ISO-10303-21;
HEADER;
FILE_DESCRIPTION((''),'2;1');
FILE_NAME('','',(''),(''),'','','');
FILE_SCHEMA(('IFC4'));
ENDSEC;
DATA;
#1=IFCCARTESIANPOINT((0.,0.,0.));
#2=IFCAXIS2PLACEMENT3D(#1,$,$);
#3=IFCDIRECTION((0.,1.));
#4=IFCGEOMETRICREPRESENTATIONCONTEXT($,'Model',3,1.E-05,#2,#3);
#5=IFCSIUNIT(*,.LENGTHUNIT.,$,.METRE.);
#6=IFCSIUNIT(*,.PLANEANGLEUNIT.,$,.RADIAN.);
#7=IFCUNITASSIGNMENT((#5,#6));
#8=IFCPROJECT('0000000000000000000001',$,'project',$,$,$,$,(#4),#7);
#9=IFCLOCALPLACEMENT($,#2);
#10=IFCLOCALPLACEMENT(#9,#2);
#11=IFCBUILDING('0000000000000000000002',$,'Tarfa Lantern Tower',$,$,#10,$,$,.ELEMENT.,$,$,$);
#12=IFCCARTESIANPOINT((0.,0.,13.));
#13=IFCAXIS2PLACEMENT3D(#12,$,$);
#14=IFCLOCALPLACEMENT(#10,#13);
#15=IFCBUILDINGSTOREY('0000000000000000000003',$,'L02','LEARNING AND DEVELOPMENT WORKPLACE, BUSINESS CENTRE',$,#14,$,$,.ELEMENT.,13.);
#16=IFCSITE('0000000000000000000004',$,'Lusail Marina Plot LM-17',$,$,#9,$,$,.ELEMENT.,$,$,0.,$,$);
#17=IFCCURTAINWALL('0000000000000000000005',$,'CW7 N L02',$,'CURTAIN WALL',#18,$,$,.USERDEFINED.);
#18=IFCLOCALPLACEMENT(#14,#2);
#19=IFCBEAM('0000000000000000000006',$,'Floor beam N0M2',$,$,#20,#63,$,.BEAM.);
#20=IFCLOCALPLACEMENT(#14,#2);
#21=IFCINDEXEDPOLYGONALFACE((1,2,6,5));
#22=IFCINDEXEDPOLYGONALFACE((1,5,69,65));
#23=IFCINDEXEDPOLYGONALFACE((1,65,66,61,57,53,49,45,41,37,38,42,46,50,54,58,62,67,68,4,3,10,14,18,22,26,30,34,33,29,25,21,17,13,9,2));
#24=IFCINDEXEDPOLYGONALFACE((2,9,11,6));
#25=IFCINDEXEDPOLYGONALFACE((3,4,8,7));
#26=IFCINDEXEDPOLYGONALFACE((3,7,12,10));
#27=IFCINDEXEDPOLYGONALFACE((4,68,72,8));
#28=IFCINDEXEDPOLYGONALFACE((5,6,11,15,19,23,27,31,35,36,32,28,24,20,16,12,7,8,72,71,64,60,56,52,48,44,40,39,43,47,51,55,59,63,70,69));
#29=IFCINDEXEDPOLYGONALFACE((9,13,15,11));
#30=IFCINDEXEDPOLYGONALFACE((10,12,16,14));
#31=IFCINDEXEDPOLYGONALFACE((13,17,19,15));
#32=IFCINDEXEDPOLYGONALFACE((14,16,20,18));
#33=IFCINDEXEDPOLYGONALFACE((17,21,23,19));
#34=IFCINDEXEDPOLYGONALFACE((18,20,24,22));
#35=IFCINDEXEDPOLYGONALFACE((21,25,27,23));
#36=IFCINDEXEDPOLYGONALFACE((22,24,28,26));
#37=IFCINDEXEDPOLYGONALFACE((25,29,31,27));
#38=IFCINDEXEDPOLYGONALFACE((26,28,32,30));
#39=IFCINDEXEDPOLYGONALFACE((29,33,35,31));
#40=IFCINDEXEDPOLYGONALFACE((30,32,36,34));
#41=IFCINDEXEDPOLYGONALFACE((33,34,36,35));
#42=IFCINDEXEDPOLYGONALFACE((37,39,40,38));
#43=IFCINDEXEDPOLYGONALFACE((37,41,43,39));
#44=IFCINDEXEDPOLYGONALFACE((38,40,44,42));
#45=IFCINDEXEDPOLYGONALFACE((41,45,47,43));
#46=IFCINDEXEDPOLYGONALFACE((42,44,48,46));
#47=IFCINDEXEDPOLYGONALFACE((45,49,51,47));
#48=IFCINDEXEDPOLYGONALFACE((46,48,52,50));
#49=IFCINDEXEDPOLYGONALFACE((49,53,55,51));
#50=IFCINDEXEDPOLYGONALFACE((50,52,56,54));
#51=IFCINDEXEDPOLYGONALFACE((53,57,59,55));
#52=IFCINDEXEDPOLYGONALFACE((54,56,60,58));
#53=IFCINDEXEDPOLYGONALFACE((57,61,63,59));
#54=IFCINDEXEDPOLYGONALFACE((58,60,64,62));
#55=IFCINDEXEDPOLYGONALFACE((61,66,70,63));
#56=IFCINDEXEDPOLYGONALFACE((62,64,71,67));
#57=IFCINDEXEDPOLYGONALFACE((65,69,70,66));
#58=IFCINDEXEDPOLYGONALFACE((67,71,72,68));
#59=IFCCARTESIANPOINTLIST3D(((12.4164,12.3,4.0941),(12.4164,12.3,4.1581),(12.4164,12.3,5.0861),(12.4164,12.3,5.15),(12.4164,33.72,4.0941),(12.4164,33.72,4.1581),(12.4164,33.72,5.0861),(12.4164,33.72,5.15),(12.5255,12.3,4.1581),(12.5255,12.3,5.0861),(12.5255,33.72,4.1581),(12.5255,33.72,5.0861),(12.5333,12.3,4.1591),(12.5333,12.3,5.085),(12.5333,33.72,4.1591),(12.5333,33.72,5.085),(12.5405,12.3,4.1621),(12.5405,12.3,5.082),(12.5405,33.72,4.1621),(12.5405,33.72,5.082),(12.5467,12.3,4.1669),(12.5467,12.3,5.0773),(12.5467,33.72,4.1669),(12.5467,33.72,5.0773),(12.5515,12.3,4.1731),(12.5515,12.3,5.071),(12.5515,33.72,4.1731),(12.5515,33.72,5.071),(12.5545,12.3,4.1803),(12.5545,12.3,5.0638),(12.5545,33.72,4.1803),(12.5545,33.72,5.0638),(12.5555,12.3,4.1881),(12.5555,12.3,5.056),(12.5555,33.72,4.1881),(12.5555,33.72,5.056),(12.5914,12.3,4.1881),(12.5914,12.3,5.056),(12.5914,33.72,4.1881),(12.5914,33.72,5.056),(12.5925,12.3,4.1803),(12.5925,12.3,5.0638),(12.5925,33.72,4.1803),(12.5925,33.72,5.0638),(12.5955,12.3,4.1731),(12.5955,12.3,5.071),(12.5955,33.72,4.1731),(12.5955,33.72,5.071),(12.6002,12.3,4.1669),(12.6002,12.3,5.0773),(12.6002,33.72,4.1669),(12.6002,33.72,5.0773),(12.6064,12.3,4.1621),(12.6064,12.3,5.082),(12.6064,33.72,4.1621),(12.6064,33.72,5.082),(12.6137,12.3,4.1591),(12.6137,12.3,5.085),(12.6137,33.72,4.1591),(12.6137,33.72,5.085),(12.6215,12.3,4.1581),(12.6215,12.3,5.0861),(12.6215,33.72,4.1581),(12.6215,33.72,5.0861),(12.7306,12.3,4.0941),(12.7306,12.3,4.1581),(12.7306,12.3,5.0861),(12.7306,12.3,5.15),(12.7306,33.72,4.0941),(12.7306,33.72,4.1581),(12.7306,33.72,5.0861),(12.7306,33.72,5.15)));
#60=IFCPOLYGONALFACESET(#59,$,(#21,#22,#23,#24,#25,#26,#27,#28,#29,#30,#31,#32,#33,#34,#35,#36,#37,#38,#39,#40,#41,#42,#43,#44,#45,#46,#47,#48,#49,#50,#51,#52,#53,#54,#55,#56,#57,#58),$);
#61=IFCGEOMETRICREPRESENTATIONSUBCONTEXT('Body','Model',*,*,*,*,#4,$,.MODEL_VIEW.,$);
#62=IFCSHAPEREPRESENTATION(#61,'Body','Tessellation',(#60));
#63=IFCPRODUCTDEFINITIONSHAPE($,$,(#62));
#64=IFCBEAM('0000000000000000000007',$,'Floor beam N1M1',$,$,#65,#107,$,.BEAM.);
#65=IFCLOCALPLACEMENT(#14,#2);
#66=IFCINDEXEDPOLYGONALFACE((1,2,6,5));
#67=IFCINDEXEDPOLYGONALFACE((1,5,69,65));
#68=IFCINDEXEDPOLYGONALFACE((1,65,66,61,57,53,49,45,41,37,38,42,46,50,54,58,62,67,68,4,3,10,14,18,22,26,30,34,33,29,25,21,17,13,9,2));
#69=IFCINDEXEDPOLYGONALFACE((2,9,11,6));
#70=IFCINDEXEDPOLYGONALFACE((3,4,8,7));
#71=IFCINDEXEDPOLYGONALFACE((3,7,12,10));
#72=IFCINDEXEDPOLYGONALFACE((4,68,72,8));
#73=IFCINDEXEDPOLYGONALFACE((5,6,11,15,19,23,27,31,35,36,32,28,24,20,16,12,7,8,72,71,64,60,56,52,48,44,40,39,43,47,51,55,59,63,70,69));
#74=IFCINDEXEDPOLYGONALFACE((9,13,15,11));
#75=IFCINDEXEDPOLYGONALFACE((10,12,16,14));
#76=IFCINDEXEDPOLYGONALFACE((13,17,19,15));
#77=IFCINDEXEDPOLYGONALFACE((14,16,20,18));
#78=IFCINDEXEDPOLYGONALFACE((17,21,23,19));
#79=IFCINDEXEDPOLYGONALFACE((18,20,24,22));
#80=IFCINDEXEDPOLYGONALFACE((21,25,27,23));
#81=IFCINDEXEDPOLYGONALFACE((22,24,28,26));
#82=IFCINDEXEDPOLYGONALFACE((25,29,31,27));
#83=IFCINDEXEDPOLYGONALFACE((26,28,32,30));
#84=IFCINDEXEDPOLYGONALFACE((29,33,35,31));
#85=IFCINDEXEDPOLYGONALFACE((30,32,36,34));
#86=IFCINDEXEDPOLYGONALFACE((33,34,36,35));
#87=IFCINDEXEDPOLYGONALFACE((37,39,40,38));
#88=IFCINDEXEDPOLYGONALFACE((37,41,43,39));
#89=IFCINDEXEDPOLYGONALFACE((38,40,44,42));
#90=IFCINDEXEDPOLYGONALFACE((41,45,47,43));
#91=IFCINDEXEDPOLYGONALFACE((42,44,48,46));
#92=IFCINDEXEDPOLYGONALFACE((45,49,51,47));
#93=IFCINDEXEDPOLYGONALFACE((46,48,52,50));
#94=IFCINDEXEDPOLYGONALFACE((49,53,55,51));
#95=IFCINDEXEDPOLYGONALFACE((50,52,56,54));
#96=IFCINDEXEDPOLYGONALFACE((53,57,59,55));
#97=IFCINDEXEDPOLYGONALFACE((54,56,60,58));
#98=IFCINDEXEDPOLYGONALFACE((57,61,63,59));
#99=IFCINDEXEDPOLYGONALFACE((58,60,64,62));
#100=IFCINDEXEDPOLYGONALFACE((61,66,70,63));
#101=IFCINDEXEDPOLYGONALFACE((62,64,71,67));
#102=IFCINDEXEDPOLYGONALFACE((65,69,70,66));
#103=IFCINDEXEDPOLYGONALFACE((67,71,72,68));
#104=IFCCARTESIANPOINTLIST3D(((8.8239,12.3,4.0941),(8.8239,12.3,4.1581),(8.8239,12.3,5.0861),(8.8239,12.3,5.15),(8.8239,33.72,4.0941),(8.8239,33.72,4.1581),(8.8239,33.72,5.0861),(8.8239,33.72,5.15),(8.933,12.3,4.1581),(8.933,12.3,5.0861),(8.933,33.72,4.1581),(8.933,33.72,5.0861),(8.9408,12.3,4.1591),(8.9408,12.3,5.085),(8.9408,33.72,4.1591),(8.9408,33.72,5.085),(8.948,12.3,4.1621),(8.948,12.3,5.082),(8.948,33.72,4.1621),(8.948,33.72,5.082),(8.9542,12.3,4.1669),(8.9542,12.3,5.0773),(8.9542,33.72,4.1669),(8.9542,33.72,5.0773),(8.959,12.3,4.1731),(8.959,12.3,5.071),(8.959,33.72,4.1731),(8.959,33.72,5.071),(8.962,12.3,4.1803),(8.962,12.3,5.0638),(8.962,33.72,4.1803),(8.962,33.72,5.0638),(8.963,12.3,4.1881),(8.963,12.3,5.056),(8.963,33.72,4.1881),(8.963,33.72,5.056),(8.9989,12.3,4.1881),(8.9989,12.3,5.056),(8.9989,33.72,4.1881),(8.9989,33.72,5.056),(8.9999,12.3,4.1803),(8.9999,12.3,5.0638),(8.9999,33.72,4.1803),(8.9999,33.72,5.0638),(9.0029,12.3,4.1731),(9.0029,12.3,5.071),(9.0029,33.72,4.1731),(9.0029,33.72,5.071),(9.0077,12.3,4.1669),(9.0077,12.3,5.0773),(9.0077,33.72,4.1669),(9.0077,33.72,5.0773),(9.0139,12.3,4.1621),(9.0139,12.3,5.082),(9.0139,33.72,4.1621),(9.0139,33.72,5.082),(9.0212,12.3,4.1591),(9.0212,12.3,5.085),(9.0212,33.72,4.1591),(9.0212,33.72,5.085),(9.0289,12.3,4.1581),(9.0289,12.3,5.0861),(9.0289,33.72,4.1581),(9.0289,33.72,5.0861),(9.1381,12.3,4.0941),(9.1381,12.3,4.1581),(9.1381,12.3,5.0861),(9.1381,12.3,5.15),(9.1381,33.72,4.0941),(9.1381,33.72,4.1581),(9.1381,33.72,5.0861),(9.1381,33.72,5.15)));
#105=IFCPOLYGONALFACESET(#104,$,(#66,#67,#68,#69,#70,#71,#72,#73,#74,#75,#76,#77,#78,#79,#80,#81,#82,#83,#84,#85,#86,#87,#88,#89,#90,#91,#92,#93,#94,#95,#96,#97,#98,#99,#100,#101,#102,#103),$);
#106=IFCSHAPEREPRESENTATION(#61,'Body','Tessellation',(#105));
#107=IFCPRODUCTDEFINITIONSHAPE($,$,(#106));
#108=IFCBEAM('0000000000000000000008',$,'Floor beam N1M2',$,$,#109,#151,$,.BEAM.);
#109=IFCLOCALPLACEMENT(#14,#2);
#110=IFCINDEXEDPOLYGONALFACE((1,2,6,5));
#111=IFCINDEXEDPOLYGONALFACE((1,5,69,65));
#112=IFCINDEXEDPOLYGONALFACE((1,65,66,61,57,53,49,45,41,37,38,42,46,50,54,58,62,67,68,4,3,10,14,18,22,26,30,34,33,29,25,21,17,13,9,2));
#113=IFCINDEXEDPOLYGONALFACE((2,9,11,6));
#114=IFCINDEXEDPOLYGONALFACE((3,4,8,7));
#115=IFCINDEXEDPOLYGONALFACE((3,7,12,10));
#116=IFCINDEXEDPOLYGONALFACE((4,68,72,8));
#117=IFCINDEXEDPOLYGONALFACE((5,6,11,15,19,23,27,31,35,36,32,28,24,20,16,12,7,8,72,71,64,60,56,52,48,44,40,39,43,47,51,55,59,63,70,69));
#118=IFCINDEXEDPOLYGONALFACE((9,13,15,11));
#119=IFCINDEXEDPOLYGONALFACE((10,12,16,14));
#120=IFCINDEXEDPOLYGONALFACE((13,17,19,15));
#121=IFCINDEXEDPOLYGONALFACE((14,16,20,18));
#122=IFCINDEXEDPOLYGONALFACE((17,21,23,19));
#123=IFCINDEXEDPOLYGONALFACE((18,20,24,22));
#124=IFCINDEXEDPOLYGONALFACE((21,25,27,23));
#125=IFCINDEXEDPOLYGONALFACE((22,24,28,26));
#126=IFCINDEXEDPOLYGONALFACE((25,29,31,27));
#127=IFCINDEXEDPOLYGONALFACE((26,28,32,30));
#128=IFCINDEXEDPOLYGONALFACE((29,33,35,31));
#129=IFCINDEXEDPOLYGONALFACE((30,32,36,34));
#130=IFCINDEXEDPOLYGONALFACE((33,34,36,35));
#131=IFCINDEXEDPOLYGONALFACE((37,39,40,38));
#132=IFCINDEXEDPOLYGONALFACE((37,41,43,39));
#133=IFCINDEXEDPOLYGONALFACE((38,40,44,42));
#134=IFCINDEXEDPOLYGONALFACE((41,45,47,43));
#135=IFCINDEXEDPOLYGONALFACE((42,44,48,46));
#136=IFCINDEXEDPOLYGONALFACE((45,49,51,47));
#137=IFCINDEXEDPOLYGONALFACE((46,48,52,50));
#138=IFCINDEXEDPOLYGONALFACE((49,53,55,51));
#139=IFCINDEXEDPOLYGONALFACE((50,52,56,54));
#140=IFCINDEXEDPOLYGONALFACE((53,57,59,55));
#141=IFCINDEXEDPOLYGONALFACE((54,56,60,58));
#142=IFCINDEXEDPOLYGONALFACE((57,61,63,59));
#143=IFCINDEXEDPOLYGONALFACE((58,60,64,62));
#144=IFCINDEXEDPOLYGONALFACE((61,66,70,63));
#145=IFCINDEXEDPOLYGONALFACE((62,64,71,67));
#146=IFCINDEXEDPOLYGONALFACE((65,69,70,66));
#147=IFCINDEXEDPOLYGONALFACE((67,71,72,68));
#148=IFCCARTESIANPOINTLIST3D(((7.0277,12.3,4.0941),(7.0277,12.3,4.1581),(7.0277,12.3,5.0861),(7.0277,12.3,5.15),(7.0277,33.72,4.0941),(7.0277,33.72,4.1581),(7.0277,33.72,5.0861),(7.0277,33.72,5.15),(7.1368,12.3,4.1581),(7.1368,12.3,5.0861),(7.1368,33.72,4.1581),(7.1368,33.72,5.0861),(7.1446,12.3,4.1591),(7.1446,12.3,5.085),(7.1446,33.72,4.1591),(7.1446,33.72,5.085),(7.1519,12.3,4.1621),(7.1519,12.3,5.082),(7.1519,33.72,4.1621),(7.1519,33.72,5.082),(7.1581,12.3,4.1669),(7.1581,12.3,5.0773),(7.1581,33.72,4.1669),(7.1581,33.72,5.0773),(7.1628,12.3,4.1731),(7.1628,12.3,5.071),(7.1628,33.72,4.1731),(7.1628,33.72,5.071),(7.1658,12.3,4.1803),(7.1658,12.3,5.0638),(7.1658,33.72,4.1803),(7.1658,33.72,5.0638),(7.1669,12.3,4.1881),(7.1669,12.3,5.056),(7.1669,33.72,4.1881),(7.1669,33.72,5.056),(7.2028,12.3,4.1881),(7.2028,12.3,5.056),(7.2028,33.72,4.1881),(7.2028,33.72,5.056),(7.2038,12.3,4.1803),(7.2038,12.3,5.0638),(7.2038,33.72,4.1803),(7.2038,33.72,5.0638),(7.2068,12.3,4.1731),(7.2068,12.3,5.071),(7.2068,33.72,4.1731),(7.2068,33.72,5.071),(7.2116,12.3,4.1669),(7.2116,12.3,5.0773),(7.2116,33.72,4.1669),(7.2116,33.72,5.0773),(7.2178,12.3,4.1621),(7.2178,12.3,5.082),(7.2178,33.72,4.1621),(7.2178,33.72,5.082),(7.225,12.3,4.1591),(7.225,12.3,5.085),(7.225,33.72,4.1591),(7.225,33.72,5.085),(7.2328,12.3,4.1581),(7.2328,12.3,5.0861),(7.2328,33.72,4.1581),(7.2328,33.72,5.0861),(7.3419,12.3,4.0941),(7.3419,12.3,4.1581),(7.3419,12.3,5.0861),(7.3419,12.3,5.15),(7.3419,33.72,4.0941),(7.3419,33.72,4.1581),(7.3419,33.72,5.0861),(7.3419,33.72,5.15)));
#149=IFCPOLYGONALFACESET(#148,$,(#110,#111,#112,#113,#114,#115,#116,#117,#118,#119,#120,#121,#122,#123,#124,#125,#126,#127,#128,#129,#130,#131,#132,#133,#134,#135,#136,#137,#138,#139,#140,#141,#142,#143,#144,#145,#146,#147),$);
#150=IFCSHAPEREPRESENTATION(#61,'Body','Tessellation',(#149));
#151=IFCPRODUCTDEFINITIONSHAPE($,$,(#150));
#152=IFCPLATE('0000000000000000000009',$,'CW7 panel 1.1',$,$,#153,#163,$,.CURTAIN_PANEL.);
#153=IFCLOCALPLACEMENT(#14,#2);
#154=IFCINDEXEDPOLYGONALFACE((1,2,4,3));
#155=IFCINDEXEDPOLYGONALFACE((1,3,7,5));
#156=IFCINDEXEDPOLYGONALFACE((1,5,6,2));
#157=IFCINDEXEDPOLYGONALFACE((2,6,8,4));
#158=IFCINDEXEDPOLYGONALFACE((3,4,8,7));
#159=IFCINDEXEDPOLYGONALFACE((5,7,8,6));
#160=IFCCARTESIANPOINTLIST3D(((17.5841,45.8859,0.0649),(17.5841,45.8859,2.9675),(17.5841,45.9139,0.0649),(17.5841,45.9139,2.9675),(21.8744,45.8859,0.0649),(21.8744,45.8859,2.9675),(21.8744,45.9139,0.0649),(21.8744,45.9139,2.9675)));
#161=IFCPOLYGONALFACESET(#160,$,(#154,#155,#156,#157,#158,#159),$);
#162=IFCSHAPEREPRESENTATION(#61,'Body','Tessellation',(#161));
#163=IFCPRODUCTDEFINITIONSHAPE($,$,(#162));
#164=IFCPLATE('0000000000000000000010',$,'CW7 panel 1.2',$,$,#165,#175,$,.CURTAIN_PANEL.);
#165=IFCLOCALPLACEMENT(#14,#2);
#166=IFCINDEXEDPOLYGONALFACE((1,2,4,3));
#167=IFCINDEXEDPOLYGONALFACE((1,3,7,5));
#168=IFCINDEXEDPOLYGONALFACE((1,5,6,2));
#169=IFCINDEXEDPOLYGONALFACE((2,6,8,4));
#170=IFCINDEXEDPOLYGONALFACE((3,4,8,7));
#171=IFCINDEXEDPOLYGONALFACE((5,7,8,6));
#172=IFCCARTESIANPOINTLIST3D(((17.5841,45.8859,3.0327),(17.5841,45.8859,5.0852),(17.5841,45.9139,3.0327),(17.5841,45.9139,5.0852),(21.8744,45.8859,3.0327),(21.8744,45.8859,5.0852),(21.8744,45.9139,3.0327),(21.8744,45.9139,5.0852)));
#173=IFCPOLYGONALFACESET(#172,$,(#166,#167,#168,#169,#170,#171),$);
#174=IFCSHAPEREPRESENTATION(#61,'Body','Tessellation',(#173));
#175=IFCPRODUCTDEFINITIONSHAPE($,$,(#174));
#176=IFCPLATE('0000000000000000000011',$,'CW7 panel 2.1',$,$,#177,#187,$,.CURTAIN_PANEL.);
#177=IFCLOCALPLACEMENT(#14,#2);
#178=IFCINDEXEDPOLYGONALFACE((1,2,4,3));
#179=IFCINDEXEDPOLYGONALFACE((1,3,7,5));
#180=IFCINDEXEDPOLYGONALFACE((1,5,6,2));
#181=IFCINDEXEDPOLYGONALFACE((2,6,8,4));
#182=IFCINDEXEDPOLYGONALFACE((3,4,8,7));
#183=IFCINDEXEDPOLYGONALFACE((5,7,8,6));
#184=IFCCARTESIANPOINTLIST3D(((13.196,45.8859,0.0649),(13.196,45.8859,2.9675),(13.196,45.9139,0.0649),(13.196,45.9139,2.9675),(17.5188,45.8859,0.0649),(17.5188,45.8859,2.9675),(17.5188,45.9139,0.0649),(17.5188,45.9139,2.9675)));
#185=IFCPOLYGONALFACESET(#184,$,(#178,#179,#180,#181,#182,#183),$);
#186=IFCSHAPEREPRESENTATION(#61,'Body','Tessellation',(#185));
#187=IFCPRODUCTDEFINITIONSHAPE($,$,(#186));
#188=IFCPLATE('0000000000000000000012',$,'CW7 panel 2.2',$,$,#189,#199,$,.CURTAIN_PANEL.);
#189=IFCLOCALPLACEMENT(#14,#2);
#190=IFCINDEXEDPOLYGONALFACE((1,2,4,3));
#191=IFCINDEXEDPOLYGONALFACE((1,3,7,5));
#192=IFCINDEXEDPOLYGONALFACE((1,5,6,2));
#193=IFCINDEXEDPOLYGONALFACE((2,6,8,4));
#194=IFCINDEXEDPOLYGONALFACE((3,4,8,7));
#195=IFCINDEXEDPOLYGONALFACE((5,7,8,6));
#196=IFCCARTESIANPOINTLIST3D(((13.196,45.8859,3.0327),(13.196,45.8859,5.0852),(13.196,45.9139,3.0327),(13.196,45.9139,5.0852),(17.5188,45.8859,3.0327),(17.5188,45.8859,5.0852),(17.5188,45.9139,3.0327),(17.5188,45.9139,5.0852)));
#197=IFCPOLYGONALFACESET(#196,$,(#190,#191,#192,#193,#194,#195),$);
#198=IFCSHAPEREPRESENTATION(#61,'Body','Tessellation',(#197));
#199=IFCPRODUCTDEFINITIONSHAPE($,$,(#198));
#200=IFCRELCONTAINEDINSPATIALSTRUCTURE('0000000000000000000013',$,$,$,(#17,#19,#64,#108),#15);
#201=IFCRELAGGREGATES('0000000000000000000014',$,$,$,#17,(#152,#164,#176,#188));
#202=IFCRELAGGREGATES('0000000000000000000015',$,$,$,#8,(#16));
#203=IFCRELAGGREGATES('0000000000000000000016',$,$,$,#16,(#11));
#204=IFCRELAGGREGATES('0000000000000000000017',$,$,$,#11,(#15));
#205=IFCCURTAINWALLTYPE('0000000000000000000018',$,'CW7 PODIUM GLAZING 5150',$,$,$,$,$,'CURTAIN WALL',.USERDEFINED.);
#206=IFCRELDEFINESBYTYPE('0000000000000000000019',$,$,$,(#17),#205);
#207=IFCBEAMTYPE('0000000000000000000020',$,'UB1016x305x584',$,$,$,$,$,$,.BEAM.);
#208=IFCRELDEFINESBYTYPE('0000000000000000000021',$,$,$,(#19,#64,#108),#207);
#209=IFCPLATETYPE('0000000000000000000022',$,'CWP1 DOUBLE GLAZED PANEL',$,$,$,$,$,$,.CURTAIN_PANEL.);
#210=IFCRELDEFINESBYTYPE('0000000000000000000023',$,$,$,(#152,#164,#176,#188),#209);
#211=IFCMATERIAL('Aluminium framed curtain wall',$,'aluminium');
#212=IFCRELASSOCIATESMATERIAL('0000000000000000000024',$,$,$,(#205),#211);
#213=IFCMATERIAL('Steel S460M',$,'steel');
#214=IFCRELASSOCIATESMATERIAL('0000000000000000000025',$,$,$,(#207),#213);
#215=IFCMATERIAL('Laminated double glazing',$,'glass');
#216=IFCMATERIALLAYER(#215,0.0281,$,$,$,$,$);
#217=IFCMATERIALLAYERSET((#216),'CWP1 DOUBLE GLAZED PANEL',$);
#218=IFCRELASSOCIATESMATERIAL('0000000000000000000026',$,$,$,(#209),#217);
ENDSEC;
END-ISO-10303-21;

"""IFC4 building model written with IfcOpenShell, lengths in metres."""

from ifc_helpers import new_model, si_unit, direction, frame, origin, origin_2d, place, context, subcontext, project, spatial, rectangle, i_section, extrude, material, layer, layer_set, material_profile, profile_set, type_object, element, aggregate, save


model = new_model("IFC4")

# Units and contexts
model_context = context("Model", 3, precision=1e-05, world=origin(), true_north=direction((0.0, 1.0)))
body_context = subcontext(model_context, "Body", "Model", "MODEL_VIEW")
ifc_project = project(units=[si_unit("LENGTHUNIT", "METRE"), si_unit("PLANEANGLEUNIT", "RADIAN")], contexts=[model_context])

# Site, building, storey
site_placement = place(None, origin())
site = spatial("IfcSite", under=ifc_project, at=site_placement, Name="Lusail Marina Plot LM-17", CompositionType="ELEMENT", RefElevation=0.0)
building_placement = place(site_placement, origin())
building = spatial("IfcBuilding", under=site, at=building_placement, Name="Tarfa Lantern Tower", CompositionType="ELEMENT")
storey_placement = place(building_placement, frame((0.0, 0.0, 13.0)))
storey = spatial("IfcBuildingStorey", under=building, at=storey_placement, Name="L02", Description="LEARNING AND DEVELOPMENT WORKPLACE, BUSINESS CENTRE", CompositionType="ELEMENT", Elevation=13.0)

# Curtain wall
ifc_material_1 = material(Name="Aluminium framed curtain wall", Category="aluminium")
curtain_wall_type = type_object("IfcCurtainWallType", Name="CW7 PODIUM GLAZING 5150", ElementType="CURTAIN WALL", PredefinedType="USERDEFINED", material=ifc_material_1)
curtain_wall_placement = place(storey_placement, origin())
curtain_wall = element("IfcCurtainWall", 1, at=curtain_wall_placement, inside=storey, type_object=curtain_wall_type, Name="CW7 N L02", ObjectType="CURTAIN WALL", PredefinedType="USERDEFINED")

# Beams
ifc_material_2 = material(Name="Steel S460M", Category="steel")
ifc_material_profile_1 = material_profile(ifc_material_2, i_section(OverallWidth=0.3142, OverallDepth=1.0559, WebThickness=0.0359, FlangeThickness=0.064, FilletRadius=0.03, at=origin_2d()), Name="UB1016x305x584")
ifc_profile_set_1 = profile_set([ifc_material_profile_1], Name="Steel S460M")
beam_type_1 = type_object("IfcBeamType", Name="UB1016x305x584", PredefinedType="BEAM", material=ifc_profile_set_1)
for number, where, z_axis, x_axis, name in (
    (2, (12.5735, 33.72, 4.6221), (0.0, -1.0, 0.0), (1.0, 0.0, 0.0), "Floor beam N0M2"),
    (3, (8.981, 33.72, 4.6221), (0.0, -1.0, 0.0), (1.0, 0.0, 0.0), "Floor beam N1M1"),
    (4, (7.1848, 33.72, 4.6221), (0.0, -1.0, 0.0), (1.0, 0.0, 0.0), "Floor beam N1M2"),
):
    element("IfcBeam", number, at=place(storey_placement, frame(where, z_axis=z_axis, x_axis=x_axis)), inside=storey, type_object=beam_type_1, Name=name, PredefinedType="BEAM", context=body_context, shape_type="SweptSolid", body=[
        extrude(i_section(OverallWidth=0.3142, OverallDepth=1.0559, WebThickness=0.0359, FlangeThickness=0.064, FilletRadius=0.03, at=origin_2d()), origin(), (0.0, 0.0, 1.0), 21.4199),
    ])

# Plates
ifc_material_3 = material(Name="Laminated double glazing", Category="glass")
ifc_layer_1 = layer(ifc_material_3, 0.0281)
ifc_layer_set_1 = layer_set([ifc_layer_1], Name="CWP1 DOUBLE GLAZED PANEL")
plate_type = type_object("IfcPlateType", Name="CWP1 DOUBLE GLAZED PANEL", PredefinedType="CURTAIN_PANEL", material=ifc_layer_set_1)
plate_1_placement = place(storey_placement, frame((19.7292, 45.8999, 0.0649), z_axis=(0.0, 0.0, 1.0), x_axis=(-1.0, 0.0, 0.0)))
plate_1 = element("IfcPlate", 5, at=plate_1_placement, type_object=plate_type, Name="CW7 panel 1.1", PredefinedType="CURTAIN_PANEL", context=body_context, shape_type="SweptSolid", body=[
    extrude(rectangle(XDim=4.2903, YDim=0.0281, at=origin_2d()), origin(), (0.0, 0.0, 1.0), 2.9026),
])
plate_2_placement = place(storey_placement, frame((19.7292, 45.8999, 3.0327), z_axis=(0.0, 0.0, 1.0), x_axis=(-1.0, 0.0, 0.0)))
plate_2 = element("IfcPlate", 6, at=plate_2_placement, type_object=plate_type, Name="CW7 panel 1.2", PredefinedType="CURTAIN_PANEL", context=body_context, shape_type="SweptSolid", body=[
    extrude(rectangle(XDim=4.2903, YDim=0.0281, at=origin_2d()), origin(), (0.0, 0.0, 1.0), 2.0525),
])
plate_3_placement = place(storey_placement, frame((15.3574, 45.8999, 0.0649), z_axis=(0.0, 0.0, 1.0), x_axis=(-1.0, 0.0, 0.0)))
plate_3 = element("IfcPlate", 7, at=plate_3_placement, type_object=plate_type, Name="CW7 panel 2.1", PredefinedType="CURTAIN_PANEL", context=body_context, shape_type="SweptSolid", body=[
    extrude(rectangle(XDim=4.3228, YDim=0.0281, at=origin_2d()), origin(), (0.0, 0.0, 1.0), 2.9026),
])
plate_4_placement = place(storey_placement, frame((15.3574, 45.8999, 3.0327), z_axis=(0.0, 0.0, 1.0), x_axis=(-1.0, 0.0, 0.0)))
plate_4 = element("IfcPlate", 8, at=plate_4_placement, type_object=plate_type, Name="CW7 panel 2.2", PredefinedType="CURTAIN_PANEL", context=body_context, shape_type="SweptSolid", body=[
    extrude(rectangle(XDim=4.3228, YDim=0.0281, at=origin_2d()), origin(), (0.0, 0.0, 1.0), 2.0525),
])
aggregate(curtain_wall, [plate_1, plate_2, plate_3, plate_4])

save(model, "model.ifc")
